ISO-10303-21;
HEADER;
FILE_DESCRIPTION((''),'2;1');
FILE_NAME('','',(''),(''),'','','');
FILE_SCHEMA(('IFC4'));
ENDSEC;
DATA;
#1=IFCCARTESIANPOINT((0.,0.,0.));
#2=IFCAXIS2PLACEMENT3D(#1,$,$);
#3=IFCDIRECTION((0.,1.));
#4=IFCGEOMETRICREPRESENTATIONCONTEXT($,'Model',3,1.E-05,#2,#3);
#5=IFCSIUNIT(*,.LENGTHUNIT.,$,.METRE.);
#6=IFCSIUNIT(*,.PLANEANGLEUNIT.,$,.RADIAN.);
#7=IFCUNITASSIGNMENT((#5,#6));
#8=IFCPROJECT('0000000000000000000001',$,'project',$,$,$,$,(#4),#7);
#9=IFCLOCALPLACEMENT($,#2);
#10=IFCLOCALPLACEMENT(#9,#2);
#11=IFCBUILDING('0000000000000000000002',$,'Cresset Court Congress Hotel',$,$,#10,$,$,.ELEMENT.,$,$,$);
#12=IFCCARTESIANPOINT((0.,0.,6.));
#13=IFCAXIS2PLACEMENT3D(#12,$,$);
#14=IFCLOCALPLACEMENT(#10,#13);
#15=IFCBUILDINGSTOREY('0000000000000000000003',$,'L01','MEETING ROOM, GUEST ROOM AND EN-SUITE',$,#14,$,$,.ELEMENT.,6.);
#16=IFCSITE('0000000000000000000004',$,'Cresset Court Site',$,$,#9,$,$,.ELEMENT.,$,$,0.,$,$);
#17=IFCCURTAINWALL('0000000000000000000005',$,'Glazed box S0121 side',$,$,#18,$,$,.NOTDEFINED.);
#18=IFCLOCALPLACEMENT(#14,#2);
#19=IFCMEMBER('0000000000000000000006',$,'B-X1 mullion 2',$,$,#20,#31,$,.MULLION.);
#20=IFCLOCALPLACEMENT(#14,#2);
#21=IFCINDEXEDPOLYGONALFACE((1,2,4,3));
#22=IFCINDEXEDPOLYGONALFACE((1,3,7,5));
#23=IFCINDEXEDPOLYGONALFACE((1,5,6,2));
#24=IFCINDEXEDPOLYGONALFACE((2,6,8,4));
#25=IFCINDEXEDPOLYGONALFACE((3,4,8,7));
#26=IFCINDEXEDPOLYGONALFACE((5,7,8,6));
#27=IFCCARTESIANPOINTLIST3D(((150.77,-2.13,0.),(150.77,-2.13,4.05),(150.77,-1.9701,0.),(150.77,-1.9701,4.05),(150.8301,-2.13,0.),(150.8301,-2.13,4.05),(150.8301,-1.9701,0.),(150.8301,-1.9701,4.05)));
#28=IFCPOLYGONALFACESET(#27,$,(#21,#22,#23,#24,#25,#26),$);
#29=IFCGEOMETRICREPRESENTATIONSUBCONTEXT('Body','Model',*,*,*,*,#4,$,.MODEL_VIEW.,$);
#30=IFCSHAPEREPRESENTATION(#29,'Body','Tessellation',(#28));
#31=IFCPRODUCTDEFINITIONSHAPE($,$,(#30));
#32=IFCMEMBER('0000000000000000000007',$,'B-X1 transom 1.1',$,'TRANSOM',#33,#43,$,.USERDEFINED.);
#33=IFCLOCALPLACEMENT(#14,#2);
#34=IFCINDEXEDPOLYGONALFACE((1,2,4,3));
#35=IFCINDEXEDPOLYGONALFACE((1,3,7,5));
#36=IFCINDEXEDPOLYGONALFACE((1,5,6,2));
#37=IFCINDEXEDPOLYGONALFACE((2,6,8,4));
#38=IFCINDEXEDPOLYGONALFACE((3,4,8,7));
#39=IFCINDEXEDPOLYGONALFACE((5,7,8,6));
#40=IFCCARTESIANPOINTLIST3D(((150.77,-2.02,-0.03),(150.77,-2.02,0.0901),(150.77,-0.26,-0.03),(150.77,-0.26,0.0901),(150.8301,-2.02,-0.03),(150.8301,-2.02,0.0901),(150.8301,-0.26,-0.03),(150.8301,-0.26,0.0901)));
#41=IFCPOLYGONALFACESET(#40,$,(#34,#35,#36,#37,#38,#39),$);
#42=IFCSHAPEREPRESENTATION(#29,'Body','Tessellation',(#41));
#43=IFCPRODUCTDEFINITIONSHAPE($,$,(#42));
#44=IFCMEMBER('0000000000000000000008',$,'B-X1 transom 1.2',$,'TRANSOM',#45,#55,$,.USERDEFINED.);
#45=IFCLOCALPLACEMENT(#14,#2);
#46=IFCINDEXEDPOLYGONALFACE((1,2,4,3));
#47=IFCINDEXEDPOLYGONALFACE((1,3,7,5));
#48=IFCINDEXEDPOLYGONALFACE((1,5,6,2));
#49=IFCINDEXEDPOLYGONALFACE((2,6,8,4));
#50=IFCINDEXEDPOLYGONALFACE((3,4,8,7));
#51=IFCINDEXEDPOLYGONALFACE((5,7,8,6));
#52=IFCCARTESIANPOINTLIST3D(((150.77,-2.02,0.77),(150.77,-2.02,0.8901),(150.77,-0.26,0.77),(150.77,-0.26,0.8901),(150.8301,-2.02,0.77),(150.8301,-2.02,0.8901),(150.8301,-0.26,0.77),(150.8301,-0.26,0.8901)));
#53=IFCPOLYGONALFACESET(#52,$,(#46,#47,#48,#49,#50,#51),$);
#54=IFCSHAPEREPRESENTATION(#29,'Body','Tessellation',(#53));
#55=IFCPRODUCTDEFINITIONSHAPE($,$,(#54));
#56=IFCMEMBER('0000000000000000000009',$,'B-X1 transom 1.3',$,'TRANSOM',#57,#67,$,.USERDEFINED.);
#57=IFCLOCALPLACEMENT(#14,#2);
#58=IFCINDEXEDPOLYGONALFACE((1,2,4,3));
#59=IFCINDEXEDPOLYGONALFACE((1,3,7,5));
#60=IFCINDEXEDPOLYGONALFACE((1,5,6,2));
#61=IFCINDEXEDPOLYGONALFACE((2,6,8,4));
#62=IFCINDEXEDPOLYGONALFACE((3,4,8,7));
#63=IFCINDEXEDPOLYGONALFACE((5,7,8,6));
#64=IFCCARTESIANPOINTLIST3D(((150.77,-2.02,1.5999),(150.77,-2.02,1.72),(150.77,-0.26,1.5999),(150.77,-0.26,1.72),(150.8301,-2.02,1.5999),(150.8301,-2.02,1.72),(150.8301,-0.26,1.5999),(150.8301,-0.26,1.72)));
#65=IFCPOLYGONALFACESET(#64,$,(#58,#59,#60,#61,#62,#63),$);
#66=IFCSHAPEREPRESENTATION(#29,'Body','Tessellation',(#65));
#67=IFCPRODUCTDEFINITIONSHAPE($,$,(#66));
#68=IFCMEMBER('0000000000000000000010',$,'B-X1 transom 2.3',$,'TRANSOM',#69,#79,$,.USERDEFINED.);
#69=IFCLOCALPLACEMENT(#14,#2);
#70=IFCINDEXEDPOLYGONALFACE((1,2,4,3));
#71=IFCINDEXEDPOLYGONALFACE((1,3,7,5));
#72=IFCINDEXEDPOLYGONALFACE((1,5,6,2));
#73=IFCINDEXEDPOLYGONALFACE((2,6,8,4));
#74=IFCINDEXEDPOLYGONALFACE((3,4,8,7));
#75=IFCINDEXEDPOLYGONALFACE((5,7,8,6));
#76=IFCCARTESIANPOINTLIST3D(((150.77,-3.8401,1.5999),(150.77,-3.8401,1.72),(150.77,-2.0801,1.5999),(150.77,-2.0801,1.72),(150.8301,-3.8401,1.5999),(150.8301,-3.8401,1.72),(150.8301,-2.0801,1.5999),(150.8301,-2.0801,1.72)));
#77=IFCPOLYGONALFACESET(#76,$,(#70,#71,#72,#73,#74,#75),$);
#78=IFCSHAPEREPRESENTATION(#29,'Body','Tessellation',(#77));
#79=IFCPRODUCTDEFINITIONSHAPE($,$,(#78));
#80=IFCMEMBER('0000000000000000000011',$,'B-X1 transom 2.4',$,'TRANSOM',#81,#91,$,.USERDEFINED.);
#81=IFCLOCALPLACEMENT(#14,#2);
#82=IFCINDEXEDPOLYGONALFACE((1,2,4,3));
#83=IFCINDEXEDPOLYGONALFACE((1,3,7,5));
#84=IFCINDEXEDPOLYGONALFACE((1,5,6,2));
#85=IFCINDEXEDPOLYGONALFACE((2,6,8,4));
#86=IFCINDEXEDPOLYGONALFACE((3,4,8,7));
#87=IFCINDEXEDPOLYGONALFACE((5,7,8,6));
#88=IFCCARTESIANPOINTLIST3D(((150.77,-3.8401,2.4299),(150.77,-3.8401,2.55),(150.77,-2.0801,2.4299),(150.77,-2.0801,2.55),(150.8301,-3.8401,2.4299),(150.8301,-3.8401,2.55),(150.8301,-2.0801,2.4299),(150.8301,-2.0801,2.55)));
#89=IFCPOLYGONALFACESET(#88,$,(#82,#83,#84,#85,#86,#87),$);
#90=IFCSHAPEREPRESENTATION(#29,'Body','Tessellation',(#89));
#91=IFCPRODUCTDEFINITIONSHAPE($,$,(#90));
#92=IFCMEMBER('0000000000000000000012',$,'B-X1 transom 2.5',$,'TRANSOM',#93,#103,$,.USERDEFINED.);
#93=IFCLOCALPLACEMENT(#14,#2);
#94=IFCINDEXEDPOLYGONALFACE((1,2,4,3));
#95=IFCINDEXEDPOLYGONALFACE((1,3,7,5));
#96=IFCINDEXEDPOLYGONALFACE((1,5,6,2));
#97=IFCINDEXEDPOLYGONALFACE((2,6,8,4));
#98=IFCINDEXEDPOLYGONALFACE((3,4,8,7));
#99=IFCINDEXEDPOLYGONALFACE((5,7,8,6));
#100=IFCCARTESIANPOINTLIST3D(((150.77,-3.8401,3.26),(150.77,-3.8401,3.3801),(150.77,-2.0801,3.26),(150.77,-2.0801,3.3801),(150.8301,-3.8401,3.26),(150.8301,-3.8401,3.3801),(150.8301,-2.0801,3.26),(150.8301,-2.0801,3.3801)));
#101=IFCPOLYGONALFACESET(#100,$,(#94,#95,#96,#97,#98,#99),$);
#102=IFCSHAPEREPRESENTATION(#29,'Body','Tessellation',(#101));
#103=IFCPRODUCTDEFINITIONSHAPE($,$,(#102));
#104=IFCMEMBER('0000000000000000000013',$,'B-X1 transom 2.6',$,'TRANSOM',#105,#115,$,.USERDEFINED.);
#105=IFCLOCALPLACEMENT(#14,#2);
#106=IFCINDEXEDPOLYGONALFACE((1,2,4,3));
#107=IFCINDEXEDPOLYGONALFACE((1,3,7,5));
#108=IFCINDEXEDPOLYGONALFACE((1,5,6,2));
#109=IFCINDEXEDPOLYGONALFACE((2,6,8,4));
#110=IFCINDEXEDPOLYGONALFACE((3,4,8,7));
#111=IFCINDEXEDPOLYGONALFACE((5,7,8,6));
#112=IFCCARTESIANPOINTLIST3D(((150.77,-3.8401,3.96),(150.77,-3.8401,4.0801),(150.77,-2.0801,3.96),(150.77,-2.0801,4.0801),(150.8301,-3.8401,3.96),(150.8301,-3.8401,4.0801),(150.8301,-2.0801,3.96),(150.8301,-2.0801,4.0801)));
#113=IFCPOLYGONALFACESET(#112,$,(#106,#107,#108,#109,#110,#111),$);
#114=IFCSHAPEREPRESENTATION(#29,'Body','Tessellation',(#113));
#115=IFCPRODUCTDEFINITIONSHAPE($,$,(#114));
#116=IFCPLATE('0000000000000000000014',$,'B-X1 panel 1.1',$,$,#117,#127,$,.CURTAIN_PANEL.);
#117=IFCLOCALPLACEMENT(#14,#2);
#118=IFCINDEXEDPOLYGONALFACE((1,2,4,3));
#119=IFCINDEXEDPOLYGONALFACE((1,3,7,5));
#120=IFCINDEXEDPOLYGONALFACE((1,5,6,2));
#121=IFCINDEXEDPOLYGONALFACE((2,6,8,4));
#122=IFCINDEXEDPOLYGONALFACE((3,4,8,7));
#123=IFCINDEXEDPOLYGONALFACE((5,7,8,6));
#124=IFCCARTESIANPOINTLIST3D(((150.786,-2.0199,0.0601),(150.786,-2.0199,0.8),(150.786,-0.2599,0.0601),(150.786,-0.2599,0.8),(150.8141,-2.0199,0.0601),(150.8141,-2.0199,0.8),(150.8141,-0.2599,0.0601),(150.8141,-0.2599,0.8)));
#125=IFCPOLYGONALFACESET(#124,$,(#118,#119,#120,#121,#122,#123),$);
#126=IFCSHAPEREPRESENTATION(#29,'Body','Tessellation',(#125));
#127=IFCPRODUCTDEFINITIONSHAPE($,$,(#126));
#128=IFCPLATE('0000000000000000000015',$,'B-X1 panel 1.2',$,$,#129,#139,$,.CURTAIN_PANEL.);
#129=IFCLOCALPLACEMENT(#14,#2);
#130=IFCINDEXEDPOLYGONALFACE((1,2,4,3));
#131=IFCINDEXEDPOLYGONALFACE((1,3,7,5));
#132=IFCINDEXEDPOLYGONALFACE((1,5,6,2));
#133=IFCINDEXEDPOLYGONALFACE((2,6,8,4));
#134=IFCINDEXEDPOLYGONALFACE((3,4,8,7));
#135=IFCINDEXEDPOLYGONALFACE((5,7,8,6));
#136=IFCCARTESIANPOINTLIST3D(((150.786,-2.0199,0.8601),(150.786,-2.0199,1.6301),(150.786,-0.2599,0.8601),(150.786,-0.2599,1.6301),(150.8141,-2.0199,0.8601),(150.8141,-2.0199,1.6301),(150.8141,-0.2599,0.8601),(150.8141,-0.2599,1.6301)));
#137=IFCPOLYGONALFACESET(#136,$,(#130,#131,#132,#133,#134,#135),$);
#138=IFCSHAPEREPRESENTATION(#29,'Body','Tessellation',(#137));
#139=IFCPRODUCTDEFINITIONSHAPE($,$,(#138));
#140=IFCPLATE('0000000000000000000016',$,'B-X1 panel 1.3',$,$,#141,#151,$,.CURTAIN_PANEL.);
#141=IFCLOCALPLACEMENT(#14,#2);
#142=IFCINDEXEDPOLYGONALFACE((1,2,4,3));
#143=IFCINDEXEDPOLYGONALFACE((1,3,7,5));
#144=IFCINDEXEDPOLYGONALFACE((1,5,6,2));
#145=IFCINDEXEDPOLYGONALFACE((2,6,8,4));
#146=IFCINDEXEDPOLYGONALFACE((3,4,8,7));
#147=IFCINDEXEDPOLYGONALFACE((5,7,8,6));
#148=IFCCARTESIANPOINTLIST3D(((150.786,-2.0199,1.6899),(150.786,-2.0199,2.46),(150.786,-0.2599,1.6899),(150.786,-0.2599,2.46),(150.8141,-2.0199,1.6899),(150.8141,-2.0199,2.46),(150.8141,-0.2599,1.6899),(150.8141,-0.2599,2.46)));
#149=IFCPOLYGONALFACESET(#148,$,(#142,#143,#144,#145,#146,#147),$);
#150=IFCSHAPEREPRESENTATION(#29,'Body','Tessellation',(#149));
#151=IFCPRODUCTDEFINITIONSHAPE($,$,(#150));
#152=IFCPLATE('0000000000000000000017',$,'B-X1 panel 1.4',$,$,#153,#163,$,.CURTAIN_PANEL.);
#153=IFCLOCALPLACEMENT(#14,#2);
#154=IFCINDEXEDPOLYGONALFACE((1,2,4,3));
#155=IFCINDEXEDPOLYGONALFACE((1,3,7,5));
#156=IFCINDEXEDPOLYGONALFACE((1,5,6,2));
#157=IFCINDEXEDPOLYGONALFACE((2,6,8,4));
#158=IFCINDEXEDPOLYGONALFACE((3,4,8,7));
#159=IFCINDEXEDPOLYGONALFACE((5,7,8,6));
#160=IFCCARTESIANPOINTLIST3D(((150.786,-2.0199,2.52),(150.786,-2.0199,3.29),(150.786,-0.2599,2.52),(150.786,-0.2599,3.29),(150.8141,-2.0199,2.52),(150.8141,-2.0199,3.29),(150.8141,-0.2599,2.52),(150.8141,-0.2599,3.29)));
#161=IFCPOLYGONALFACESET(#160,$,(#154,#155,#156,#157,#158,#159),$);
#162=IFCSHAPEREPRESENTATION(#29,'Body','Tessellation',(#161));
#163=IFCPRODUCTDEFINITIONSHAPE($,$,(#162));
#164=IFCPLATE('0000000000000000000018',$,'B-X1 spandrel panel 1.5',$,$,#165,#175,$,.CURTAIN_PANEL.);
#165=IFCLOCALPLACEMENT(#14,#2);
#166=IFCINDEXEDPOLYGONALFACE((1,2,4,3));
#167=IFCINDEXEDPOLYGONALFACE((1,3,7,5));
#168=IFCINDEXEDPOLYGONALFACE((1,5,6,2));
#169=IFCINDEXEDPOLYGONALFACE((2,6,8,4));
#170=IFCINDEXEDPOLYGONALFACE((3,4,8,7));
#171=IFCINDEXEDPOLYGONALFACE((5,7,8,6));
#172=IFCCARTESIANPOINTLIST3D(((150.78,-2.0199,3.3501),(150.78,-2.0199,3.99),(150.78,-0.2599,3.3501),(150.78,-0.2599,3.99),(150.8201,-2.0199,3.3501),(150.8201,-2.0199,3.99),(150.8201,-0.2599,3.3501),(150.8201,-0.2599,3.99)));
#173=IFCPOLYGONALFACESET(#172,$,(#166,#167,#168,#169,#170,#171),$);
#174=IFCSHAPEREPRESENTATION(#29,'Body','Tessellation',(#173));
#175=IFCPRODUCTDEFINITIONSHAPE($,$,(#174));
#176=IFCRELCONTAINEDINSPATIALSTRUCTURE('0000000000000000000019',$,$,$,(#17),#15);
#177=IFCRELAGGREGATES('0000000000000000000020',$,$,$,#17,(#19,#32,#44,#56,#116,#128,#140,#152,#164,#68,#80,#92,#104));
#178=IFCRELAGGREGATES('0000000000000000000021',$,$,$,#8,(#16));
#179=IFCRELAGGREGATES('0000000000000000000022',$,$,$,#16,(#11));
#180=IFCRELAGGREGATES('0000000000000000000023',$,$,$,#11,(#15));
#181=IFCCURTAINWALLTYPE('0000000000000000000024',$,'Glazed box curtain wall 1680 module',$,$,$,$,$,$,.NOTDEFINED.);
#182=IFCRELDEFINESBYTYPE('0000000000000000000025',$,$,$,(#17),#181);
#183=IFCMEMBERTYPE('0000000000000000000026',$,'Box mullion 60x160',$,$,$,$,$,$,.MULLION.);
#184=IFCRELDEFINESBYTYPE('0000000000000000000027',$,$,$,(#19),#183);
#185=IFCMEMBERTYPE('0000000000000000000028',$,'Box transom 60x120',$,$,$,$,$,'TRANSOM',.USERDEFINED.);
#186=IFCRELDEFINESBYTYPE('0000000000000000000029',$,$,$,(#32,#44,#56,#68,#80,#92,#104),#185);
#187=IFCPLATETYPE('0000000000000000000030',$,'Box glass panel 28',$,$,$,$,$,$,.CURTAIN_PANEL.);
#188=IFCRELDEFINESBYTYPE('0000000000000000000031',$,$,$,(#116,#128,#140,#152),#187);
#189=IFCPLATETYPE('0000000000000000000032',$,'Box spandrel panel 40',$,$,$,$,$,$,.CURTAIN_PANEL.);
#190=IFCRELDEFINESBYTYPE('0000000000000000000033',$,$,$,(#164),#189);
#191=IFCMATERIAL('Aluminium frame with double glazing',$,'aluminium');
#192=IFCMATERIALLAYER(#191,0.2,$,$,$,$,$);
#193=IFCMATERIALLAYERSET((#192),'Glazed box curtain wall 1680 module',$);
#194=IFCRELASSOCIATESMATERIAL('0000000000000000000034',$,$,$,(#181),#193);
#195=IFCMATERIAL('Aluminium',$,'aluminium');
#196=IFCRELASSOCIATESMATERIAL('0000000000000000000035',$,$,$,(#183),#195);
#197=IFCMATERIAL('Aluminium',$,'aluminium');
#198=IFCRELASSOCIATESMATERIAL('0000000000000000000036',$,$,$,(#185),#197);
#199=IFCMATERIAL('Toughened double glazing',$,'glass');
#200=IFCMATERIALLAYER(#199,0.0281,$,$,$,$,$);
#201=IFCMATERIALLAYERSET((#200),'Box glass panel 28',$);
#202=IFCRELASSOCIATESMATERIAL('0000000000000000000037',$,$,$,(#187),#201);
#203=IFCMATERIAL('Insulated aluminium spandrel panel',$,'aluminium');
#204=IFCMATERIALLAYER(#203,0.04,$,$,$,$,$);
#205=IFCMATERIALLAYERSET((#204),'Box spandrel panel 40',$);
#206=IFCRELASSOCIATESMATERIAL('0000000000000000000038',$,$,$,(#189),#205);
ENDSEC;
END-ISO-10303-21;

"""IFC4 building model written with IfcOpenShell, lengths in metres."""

from ifc_helpers import new_model, si_unit, direction, frame, origin, origin_2d, place, context, subcontext, project, spatial, rectangle, extrude, material, layer, layer_set, material_profile, profile_set, type_object, element, aggregate, save


model = new_model("IFC4")

# Units and contexts
model_context = context("Model", 3, precision=1e-05, world=origin(), true_north=direction((0.0, 1.0)))
body_context = subcontext(model_context, "Body", "Model", "MODEL_VIEW")
ifc_project = project(units=[si_unit("LENGTHUNIT", "METRE"), si_unit("PLANEANGLEUNIT", "RADIAN")], contexts=[model_context])

# Site, building, storey
site_placement = place(None, origin())
site = spatial("IfcSite", under=ifc_project, at=site_placement, Name="Cresset Court Site", CompositionType="ELEMENT", RefElevation=0.0)
building_placement = place(site_placement, origin())
building = spatial("IfcBuilding", under=site, at=building_placement, Name="Cresset Court Congress Hotel", CompositionType="ELEMENT")
storey_placement = place(building_placement, frame((0.0, 0.0, 6.0)))
storey = spatial("IfcBuildingStorey", under=building, at=storey_placement, Name="L01", Description="MEETING ROOM, GUEST ROOM AND EN-SUITE", CompositionType="ELEMENT", Elevation=6.0)

# Curtain wall, members, plates
ifc_material_1 = material(Name="Aluminium frame with double glazing", Category="aluminium")
ifc_layer_1 = layer(ifc_material_1, 0.2)
ifc_layer_set_1 = layer_set([ifc_layer_1], Name="Glazed box curtain wall 1680 module")
curtain_wall_type = type_object("IfcCurtainWallType", Name="Glazed box curtain wall 1680 module", PredefinedType="NOTDEFINED", material=ifc_layer_set_1)
curtain_wall_placement = place(storey_placement, origin())
curtain_wall = element("IfcCurtainWall", 1, at=curtain_wall_placement, inside=storey, type_object=curtain_wall_type, Name="Glazed box S0121 side", PredefinedType="NOTDEFINED")
ifc_material_2 = material(Name="Aluminium", Category="aluminium")
ifc_material_profile_1 = material_profile(ifc_material_2, rectangle(XDim=0.0601, YDim=0.1599, at=origin_2d()), Name="Box mullion 60x160")
ifc_profile_set_1 = profile_set([ifc_material_profile_1], Name="Aluminium")
member_type_1 = type_object("IfcMemberType", Name="Box mullion 60x160", PredefinedType="MULLION", material=ifc_profile_set_1)
member_1_placement = place(storey_placement, frame((150.8, -2.05, 0.0), z_axis=(0.0, 0.0, 1.0), x_axis=(1.0, 0.0, 0.0)))
member_1 = element("IfcMember", 2, at=member_1_placement, type_object=member_type_1, Name="B-X1 mullion 2", PredefinedType="MULLION", context=body_context, shape_type="SweptSolid", body=[
    extrude(rectangle(XDim=0.0601, YDim=0.1599, at=origin_2d()), origin(), (0.0, 0.0, 1.0), 4.05),
])
ifc_material_3 = material(Name="Aluminium", Category="aluminium")
ifc_material_profile_2 = material_profile(ifc_material_3, rectangle(XDim=0.0601, YDim=0.1201, at=origin_2d()), Name="Box transom 60x120")
ifc_profile_set_2 = profile_set([ifc_material_profile_2], Name="Aluminium")
member_type_2 = type_object("IfcMemberType", Name="Box transom 60x120", ElementType="TRANSOM", PredefinedType="USERDEFINED", material=ifc_profile_set_2)
member_2_placement = place(storey_placement, frame((150.8, -0.26, 0.03), z_axis=(0.0, -1.0, 0.0), x_axis=(1.0, 0.0, 0.0)))
member_2 = element("IfcMember", 3, at=member_2_placement, type_object=member_type_2, Name="B-X1 transom 1.1", ObjectType="TRANSOM", PredefinedType="USERDEFINED", context=body_context, shape_type="SweptSolid", body=[
    extrude(rectangle(XDim=0.0601, YDim=0.1201, at=origin_2d()), origin(), (0.0, 0.0, 1.0), 1.76),
])
member_3_placement = place(storey_placement, frame((150.8, -0.26, 0.8301), z_axis=(0.0, -1.0, 0.0), x_axis=(1.0, 0.0, 0.0)))
member_3 = element("IfcMember", 4, at=member_3_placement, type_object=member_type_2, Name="B-X1 transom 1.2", ObjectType="TRANSOM", PredefinedType="USERDEFINED", context=body_context, shape_type="SweptSolid", body=[
    extrude(rectangle(XDim=0.0601, YDim=0.1201, at=origin_2d()), origin(), (0.0, 0.0, 1.0), 1.76),
])
member_4_placement = place(storey_placement, frame((150.8, -0.26, 1.6599), z_axis=(0.0, -1.0, 0.0), x_axis=(1.0, 0.0, 0.0)))
member_4 = element("IfcMember", 5, at=member_4_placement, type_object=member_type_2, Name="B-X1 transom 1.3", ObjectType="TRANSOM", PredefinedType="USERDEFINED", context=body_context, shape_type="SweptSolid", body=[
    extrude(rectangle(XDim=0.0601, YDim=0.1201, at=origin_2d()), origin(), (0.0, 0.0, 1.0), 1.76),
])
member_5_placement = place(storey_placement, frame((150.8, -2.0801, 1.6599), z_axis=(0.0, -1.0, 0.0), x_axis=(1.0, 0.0, 0.0)))
member_5 = element("IfcMember", 6, at=member_5_placement, type_object=member_type_2, Name="B-X1 transom 2.3", ObjectType="TRANSOM", PredefinedType="USERDEFINED", context=body_context, shape_type="SweptSolid", body=[
    extrude(rectangle(XDim=0.0601, YDim=0.1201, at=origin_2d()), origin(), (0.0, 0.0, 1.0), 1.76),
])
member_6_placement = place(storey_placement, frame((150.8, -2.0801, 2.49), z_axis=(0.0, -1.0, 0.0), x_axis=(1.0, 0.0, 0.0)))
member_6 = element("IfcMember", 7, at=member_6_placement, type_object=member_type_2, Name="B-X1 transom 2.4", ObjectType="TRANSOM", PredefinedType="USERDEFINED", context=body_context, shape_type="SweptSolid", body=[
    extrude(rectangle(XDim=0.0601, YDim=0.1201, at=origin_2d()), origin(), (0.0, 0.0, 1.0), 1.76),
])
member_7_placement = place(storey_placement, frame((150.8, -2.0801, 3.3201), z_axis=(0.0, -1.0, 0.0), x_axis=(1.0, 0.0, 0.0)))
member_7 = element("IfcMember", 8, at=member_7_placement, type_object=member_type_2, Name="B-X1 transom 2.5", ObjectType="TRANSOM", PredefinedType="USERDEFINED", context=body_context, shape_type="SweptSolid", body=[
    extrude(rectangle(XDim=0.0601, YDim=0.1201, at=origin_2d()), origin(), (0.0, 0.0, 1.0), 1.76),
])
member_8_placement = place(storey_placement, frame((150.8, -2.0801, 4.02), z_axis=(0.0, -1.0, 0.0), x_axis=(1.0, 0.0, 0.0)))
member_8 = element("IfcMember", 9, at=member_8_placement, type_object=member_type_2, Name="B-X1 transom 2.6", ObjectType="TRANSOM", PredefinedType="USERDEFINED", context=body_context, shape_type="SweptSolid", body=[
    extrude(rectangle(XDim=0.0601, YDim=0.1201, at=origin_2d()), origin(), (0.0, 0.0, 1.0), 1.76),
])
ifc_material_4 = material(Name="Toughened double glazing", Category="glass")
ifc_layer_2 = layer(ifc_material_4, 0.0281)
ifc_layer_set_2 = layer_set([ifc_layer_2], Name="Box glass panel 28")
plate_type_1 = type_object("IfcPlateType", Name="Box glass panel 28", PredefinedType="CURTAIN_PANEL", material=ifc_layer_set_2)
plate_1_placement = place(storey_placement, frame((150.8, -1.1399, 0.0601), z_axis=(0.0, 0.0, 1.0), x_axis=(0.0, -1.0, 0.0)))
plate_1 = element("IfcPlate", 10, at=plate_1_placement, type_object=plate_type_1, Name="B-X1 panel 1.1", PredefinedType="CURTAIN_PANEL", context=body_context, shape_type="SweptSolid", body=[
    extrude(rectangle(XDim=1.76, YDim=0.0281, at=origin_2d()), origin(), (0.0, 0.0, 1.0), 0.74),
])
plate_2_placement = place(storey_placement, frame((150.8, -1.1399, 0.8601), z_axis=(0.0, 0.0, 1.0), x_axis=(0.0, -1.0, 0.0)))
plate_2 = element("IfcPlate", 11, at=plate_2_placement, type_object=plate_type_1, Name="B-X1 panel 1.2", PredefinedType="CURTAIN_PANEL", context=body_context, shape_type="SweptSolid", body=[
    extrude(rectangle(XDim=1.76, YDim=0.0281, at=origin_2d()), origin(), (0.0, 0.0, 1.0), 0.77),
])
plate_3_placement = place(storey_placement, frame((150.8, -1.1399, 1.6899), z_axis=(0.0, 0.0, 1.0), x_axis=(0.0, -1.0, 0.0)))
plate_3 = element("IfcPlate", 12, at=plate_3_placement, type_object=plate_type_1, Name="B-X1 panel 1.3", PredefinedType="CURTAIN_PANEL", context=body_context, shape_type="SweptSolid", body=[
    extrude(rectangle(XDim=1.76, YDim=0.0281, at=origin_2d()), origin(), (0.0, 0.0, 1.0), 0.77),
])
plate_4_placement = place(storey_placement, frame((150.8, -1.1399, 2.52), z_axis=(0.0, 0.0, 1.0), x_axis=(0.0, -1.0, 0.0)))
plate_4 = element("IfcPlate", 13, at=plate_4_placement, type_object=plate_type_1, Name="B-X1 panel 1.4", PredefinedType="CURTAIN_PANEL", context=body_context, shape_type="SweptSolid", body=[
    extrude(rectangle(XDim=1.76, YDim=0.0281, at=origin_2d()), origin(), (0.0, 0.0, 1.0), 0.77),
])
ifc_material_5 = material(Name="Insulated aluminium spandrel panel", Category="aluminium")
ifc_layer_3 = layer(ifc_material_5, 0.04)
ifc_layer_set_3 = layer_set([ifc_layer_3], Name="Box spandrel panel 40")
plate_type_2 = type_object("IfcPlateType", Name="Box spandrel panel 40", PredefinedType="CURTAIN_PANEL", material=ifc_layer_set_3)
plate_5_placement = place(storey_placement, frame((150.8, -1.1399, 3.3501), z_axis=(0.0, 0.0, 1.0), x_axis=(0.0, -1.0, 0.0)))
plate_5 = element("IfcPlate", 14, at=plate_5_placement, type_object=plate_type_2, Name="B-X1 spandrel panel 1.5", PredefinedType="CURTAIN_PANEL", context=body_context, shape_type="SweptSolid", body=[
    extrude(rectangle(XDim=1.76, YDim=0.04, at=origin_2d()), origin(), (0.0, 0.0, 1.0), 0.6399),
])
aggregate(curtain_wall, [member_1, member_2, member_3, member_4, plate_1, plate_2, plate_3, plate_4, plate_5, member_5, member_6, member_7, member_8])

save(model, "model.ifc")
